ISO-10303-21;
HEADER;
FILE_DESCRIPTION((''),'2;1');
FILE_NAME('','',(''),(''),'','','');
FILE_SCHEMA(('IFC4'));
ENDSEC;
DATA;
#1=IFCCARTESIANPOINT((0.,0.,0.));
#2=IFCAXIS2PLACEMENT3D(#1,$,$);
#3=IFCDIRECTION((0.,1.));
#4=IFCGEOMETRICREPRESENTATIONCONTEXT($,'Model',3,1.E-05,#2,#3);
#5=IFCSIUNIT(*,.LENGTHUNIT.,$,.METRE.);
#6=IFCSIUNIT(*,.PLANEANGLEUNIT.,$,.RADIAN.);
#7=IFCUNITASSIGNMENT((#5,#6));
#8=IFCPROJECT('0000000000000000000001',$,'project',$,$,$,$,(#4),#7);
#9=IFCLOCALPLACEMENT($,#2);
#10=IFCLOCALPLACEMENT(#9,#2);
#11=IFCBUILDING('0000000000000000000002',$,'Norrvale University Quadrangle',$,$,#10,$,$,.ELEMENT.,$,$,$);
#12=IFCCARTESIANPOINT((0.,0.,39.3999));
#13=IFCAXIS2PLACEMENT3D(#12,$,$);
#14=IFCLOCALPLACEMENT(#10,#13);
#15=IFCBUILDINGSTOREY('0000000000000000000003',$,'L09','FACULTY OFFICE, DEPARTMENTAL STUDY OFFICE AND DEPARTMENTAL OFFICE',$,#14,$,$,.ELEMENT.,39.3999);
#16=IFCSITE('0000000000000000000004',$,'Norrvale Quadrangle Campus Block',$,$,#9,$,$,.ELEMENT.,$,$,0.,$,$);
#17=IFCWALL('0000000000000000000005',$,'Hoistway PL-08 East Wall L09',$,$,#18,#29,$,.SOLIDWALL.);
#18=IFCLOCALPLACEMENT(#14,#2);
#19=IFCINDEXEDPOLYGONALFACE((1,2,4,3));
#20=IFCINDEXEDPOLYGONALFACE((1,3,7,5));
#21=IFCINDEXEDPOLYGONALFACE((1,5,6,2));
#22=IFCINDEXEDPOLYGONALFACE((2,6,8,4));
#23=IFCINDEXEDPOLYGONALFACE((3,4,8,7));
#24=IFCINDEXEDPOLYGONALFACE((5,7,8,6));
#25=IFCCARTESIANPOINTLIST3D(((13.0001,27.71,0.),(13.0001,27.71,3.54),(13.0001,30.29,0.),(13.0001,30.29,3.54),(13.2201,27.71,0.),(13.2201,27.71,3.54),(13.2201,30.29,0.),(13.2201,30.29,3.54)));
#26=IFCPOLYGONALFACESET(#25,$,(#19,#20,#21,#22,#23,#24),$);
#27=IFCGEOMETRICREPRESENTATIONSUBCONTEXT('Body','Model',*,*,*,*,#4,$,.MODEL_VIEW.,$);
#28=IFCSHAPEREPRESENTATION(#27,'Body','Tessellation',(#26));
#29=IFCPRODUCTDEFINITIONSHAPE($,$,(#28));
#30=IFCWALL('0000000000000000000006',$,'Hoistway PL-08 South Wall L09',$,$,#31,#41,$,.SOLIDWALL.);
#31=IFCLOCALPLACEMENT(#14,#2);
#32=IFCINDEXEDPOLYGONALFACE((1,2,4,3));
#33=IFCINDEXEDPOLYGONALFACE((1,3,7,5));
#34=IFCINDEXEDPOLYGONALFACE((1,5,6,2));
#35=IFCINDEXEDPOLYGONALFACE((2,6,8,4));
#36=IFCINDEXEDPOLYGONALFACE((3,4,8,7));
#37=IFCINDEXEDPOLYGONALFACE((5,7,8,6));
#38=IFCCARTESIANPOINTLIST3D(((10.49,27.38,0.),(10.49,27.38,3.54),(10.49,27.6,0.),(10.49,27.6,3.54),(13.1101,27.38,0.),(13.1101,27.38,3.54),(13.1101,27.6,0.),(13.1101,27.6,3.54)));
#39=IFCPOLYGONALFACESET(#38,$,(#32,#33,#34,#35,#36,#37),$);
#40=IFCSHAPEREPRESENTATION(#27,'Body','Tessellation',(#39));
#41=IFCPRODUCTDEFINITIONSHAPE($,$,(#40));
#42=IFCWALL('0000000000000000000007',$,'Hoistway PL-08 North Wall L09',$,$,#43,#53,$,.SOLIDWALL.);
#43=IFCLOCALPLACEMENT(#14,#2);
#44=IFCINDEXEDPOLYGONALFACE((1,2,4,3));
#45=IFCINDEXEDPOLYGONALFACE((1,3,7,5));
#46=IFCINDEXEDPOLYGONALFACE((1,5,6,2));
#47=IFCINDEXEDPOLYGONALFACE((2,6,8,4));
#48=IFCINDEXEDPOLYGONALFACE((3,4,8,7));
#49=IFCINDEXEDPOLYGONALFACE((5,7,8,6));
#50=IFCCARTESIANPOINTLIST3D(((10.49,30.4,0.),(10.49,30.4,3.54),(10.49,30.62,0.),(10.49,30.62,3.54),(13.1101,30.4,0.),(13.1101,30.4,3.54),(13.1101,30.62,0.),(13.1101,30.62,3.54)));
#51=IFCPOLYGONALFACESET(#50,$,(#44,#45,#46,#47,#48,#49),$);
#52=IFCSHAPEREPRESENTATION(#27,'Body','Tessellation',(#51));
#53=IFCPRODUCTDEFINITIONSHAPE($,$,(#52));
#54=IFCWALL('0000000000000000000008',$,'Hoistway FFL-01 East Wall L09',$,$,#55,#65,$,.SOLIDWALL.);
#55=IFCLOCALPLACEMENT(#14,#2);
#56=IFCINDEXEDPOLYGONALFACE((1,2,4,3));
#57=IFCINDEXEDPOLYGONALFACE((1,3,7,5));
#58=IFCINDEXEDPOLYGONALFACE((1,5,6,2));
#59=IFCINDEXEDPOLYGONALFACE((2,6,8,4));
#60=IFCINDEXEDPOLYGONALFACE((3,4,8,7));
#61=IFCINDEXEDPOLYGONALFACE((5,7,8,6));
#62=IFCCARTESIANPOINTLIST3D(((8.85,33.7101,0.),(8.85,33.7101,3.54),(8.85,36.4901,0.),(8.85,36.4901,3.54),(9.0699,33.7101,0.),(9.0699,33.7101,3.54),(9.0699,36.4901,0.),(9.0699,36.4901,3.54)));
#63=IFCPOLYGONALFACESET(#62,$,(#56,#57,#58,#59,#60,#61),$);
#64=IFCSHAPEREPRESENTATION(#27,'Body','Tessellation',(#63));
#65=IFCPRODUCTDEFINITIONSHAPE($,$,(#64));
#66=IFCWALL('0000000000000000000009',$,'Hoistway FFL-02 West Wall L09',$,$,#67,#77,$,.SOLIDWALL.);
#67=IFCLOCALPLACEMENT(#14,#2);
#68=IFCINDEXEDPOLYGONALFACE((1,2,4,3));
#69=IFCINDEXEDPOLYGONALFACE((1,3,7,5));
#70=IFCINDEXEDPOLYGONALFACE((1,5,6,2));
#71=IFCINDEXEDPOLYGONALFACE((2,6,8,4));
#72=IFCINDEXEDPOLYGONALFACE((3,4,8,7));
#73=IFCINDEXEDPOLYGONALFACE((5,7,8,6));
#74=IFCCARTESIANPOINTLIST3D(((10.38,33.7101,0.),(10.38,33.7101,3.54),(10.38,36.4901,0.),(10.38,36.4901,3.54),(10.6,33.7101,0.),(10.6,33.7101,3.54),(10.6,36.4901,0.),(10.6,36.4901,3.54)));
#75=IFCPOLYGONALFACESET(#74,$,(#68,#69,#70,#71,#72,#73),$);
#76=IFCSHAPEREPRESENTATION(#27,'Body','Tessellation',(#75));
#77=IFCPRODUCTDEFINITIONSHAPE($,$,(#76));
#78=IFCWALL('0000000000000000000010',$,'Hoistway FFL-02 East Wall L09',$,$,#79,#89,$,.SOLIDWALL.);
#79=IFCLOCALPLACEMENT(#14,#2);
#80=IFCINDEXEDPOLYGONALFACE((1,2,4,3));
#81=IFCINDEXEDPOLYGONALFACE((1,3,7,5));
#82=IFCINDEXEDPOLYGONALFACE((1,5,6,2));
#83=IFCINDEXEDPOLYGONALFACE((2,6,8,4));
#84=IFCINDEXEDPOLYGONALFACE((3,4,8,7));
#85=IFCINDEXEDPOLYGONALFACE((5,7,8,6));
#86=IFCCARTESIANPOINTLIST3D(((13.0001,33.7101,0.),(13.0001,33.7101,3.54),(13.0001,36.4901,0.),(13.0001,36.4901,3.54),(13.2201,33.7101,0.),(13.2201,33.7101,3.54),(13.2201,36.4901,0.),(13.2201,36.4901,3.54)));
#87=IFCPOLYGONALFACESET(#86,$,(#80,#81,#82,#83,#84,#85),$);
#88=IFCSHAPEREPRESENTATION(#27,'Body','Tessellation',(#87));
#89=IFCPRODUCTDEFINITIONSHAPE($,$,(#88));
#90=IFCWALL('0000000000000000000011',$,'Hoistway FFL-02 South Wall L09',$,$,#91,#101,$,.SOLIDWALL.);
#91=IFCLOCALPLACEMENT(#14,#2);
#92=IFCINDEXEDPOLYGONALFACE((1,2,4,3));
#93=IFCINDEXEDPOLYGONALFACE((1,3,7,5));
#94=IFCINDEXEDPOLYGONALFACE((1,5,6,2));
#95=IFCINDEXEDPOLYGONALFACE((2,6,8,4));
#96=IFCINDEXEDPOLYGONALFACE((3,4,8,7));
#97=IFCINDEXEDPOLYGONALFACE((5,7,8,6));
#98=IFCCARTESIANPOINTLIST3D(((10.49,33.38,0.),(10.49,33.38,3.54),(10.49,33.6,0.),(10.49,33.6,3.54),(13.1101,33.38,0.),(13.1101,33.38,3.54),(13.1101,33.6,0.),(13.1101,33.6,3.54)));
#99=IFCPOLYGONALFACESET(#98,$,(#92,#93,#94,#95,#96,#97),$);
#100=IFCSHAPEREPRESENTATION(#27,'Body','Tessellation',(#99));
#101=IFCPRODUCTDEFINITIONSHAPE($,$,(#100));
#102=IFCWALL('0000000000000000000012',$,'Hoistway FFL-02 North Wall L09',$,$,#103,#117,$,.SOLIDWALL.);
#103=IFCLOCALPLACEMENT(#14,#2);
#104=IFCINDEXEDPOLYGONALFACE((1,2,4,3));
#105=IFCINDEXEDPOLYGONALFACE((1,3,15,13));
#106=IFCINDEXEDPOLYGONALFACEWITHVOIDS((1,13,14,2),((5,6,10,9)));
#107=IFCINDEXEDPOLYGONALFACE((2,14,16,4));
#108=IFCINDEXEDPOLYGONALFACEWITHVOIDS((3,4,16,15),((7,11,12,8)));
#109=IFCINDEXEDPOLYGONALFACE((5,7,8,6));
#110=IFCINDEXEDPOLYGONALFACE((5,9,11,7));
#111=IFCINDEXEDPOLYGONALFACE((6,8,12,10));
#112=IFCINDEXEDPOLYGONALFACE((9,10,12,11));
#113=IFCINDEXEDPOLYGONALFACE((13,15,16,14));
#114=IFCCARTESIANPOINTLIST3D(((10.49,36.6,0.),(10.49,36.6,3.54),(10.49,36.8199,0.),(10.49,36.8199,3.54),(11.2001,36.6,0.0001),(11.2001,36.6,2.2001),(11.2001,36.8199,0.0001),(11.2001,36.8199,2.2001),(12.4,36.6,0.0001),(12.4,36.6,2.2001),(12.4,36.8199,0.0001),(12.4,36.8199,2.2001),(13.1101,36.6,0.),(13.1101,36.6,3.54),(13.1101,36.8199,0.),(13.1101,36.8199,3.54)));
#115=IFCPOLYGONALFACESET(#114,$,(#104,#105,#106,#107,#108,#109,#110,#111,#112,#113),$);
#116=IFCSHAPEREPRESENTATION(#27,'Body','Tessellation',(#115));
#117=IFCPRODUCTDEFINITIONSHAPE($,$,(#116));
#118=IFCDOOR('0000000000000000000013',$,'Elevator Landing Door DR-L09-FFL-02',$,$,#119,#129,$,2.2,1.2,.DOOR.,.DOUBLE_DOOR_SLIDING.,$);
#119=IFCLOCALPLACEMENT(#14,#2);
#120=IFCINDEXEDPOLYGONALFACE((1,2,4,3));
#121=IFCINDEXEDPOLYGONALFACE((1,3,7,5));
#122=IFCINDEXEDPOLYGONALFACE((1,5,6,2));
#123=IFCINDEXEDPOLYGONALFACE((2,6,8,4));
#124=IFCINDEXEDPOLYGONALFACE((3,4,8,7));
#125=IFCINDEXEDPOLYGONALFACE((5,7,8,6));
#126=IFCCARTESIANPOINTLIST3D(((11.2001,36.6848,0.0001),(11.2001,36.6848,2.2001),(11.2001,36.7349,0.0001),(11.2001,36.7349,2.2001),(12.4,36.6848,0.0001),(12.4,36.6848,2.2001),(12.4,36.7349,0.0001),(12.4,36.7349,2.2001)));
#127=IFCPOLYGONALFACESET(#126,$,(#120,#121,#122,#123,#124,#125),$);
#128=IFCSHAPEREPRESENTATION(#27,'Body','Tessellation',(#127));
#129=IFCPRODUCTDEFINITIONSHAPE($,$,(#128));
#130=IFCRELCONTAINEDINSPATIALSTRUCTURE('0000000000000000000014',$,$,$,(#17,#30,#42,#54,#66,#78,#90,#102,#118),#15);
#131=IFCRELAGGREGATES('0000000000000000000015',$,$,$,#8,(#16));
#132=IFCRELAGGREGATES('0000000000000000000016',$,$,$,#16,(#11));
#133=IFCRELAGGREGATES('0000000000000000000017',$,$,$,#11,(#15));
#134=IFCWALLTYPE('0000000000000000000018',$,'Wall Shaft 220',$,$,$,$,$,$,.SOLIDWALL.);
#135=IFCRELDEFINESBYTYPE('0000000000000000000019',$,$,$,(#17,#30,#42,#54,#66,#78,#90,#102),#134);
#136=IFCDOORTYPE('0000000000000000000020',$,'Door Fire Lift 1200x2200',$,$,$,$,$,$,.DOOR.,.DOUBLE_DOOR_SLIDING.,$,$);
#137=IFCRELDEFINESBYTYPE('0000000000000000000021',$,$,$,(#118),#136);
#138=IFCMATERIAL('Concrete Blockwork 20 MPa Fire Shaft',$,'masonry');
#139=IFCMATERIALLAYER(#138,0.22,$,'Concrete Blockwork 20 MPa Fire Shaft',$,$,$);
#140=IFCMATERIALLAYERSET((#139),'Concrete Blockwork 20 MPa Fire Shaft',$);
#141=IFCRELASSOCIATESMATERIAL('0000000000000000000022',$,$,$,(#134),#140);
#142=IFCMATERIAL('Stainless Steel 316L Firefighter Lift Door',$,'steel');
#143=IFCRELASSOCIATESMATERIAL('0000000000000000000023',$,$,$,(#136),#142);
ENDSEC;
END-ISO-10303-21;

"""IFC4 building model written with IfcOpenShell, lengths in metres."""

from ifc_helpers import new_model, si_unit, direction, frame, frame_2d, origin, place, context, subcontext, project, spatial, rectangle, extrude, material, layer, layer_set, type_object, element, fill, save


model = new_model("IFC4")

# Units and contexts
model_context = context("Model", 3, precision=1e-05, world=origin(), true_north=direction((0.0, 1.0)))
body_context = subcontext(model_context, "Body", "Model", "MODEL_VIEW")
ifc_project = project(units=[si_unit("LENGTHUNIT", "METRE"), si_unit("PLANEANGLEUNIT", "RADIAN")], contexts=[model_context])

# Site, building, storey
site_placement = place(None, origin())
site = spatial("IfcSite", under=ifc_project, at=site_placement, Name="Norrvale Quadrangle Campus Block", CompositionType="ELEMENT", RefElevation=0.0)
building_placement = place(site_placement, origin())
building = spatial("IfcBuilding", under=site, at=building_placement, Name="Norrvale University Quadrangle", CompositionType="ELEMENT")
storey_placement = place(building_placement, frame((0.0, 0.0, 39.3999)))
storey = spatial("IfcBuildingStorey", under=building, at=storey_placement, Name="L09", Description="FACULTY OFFICE, DEPARTMENTAL STUDY OFFICE AND DEPARTMENTAL OFFICE", CompositionType="ELEMENT", Elevation=39.3999)

# Walls
ifc_material_1 = material(Name="Concrete Blockwork 20 MPa Fire Shaft", Category="masonry")
ifc_layer_1 = layer(ifc_material_1, 0.22, Name="Concrete Blockwork 20 MPa Fire Shaft")
ifc_layer_set_1 = layer_set([ifc_layer_1], Name="Concrete Blockwork 20 MPa Fire Shaft")
wall_type_1 = type_object("IfcWallType", Name="Wall Shaft 220", PredefinedType="SOLIDWALL", material=ifc_layer_set_1)
for number, where, z_axis, x_axis, name in (
    (1, (13.1101, 27.71, 0.0), (0.0, 0.0, 1.0), (0.0, 1.0, 0.0), "Hoistway PL-08 East Wall L09"),
):
    element("IfcWall", number, at=place(storey_placement, frame(where, z_axis=z_axis, x_axis=x_axis)), inside=storey, type_object=wall_type_1, Name=name, PredefinedType="SOLIDWALL", context=body_context, shape_type="SweptSolid", body=[
        extrude(rectangle(XDim=2.5801, YDim=0.22, at=frame_2d((1.29, 0.0))), origin(), (0.0, 0.0, 1.0), 3.54),
    ])
for number, where, z_axis, x_axis, name in (
    (2, (10.49, 27.49, 0.0), (0.0, 0.0, 1.0), (1.0, 0.0, 0.0), "Hoistway PL-08 South Wall L09"),
    (3, (10.49, 30.51, 0.0), (0.0, 0.0, 1.0), (1.0, 0.0, 0.0), "Hoistway PL-08 North Wall L09"),
):
    element("IfcWall", number, at=place(storey_placement, frame(where, z_axis=z_axis, x_axis=x_axis)), inside=storey, type_object=wall_type_1, Name=name, PredefinedType="SOLIDWALL", context=body_context, shape_type="SweptSolid", body=[
        extrude(rectangle(XDim=2.6201, YDim=0.22, at=frame_2d((1.3101, 0.0))), origin(), (0.0, 0.0, 1.0), 3.54),
    ])
for number, where, z_axis, x_axis, name in (
    (4, (8.96, 33.71, 0.0), (0.0, 0.0, 1.0), (0.0, 1.0, 0.0), "Hoistway FFL-01 East Wall L09"),
    (5, (10.49, 33.71, 0.0), (0.0, 0.0, 1.0), (0.0, 1.0, 0.0), "Hoistway FFL-02 West Wall L09"),
    (6, (13.1101, 33.71, 0.0), (0.0, 0.0, 1.0), (0.0, 1.0, 0.0), "Hoistway FFL-02 East Wall L09"),
):
    element("IfcWall", number, at=place(storey_placement, frame(where, z_axis=z_axis, x_axis=x_axis)), inside=storey, type_object=wall_type_1, Name=name, PredefinedType="SOLIDWALL", context=body_context, shape_type="SweptSolid", body=[
        extrude(rectangle(XDim=2.78, YDim=0.22, at=frame_2d((1.3901, 0.0))), origin(), (0.0, 0.0, 1.0), 3.54),
    ])
wall_1_placement = place(storey_placement, frame((10.49, 33.49, 0.0), z_axis=(0.0, 0.0, 1.0), x_axis=(1.0, 0.0, 0.0)))
element("IfcWall", 7, at=wall_1_placement, inside=storey, type_object=wall_type_1, Name="Hoistway FFL-02 South Wall L09", PredefinedType="SOLIDWALL", context=body_context, shape_type="SweptSolid", body=[
    extrude(rectangle(XDim=2.6201, YDim=0.22, at=frame_2d((1.3101, 0.0))), origin(), (0.0, 0.0, 1.0), 3.54),
])

# Wall, opening, door
wall_2_placement = place(storey_placement, frame((10.49, 36.71, 0.0), z_axis=(0.0, 0.0, 1.0), x_axis=(1.0, 0.0, 0.0)))
wall_2 = element("IfcWall", 8, at=wall_2_placement, inside=storey, type_object=wall_type_1, Name="Hoistway FFL-02 North Wall L09", PredefinedType="SOLIDWALL", context=body_context, shape_type="SweptSolid", body=[
    extrude(rectangle(XDim=2.6201, YDim=0.22, at=frame_2d((1.3101, 0.0))), origin(), (0.0, 0.0, 1.0), 3.54),
])
opening_1_placement = place(wall_2_placement, frame((0.71, 0.0, 0.0)))
opening_1 = element("IfcOpeningElement", 9, at=opening_1_placement, cuts=wall_2, PredefinedType="OPENING", context=body_context, shape_type="SweptSolid", body=[
    extrude(rectangle(XDim=1.2, YDim=2.2, at=frame_2d((0.6001, 1.1001))), frame((0.0, 0.1221, 0.0), z_axis=(0.0, -1.0, 0.0), x_axis=(1.0, 0.0, 0.0)), (0.0, 0.0, 1.0), 0.2439),
])
ifc_material_2 = material(Name="Stainless Steel 316L Firefighter Lift Door", Category="steel")
door_type_1 = type_object("IfcDoorType", Name="Door Fire Lift 1200x2200", OperationType="DOUBLE_DOOR_SLIDING", PredefinedType="DOOR", material=ifc_material_2)
door_1_placement = place(opening_1_placement, origin())
door_1 = element("IfcDoor", 10, at=door_1_placement, inside=storey, type_object=door_type_1, Name="Elevator Landing Door DR-L09-FFL-02", OperationType="DOUBLE_DOOR_SLIDING", OverallHeight=2.2, OverallWidth=1.2, PredefinedType="DOOR", context=body_context, shape_type="SweptSolid", body=[
    extrude(rectangle(XDim=1.2, YDim=2.2, at=frame_2d((0.6001, 1.1001))), frame((0.0, 0.0249, 0.0), z_axis=(0.0, -1.0, 0.0), x_axis=(1.0, 0.0, 0.0)), (0.0, 0.0, 1.0), 0.05),
])
fill(opening_1, door_1)

save(model, "model.ifc")
